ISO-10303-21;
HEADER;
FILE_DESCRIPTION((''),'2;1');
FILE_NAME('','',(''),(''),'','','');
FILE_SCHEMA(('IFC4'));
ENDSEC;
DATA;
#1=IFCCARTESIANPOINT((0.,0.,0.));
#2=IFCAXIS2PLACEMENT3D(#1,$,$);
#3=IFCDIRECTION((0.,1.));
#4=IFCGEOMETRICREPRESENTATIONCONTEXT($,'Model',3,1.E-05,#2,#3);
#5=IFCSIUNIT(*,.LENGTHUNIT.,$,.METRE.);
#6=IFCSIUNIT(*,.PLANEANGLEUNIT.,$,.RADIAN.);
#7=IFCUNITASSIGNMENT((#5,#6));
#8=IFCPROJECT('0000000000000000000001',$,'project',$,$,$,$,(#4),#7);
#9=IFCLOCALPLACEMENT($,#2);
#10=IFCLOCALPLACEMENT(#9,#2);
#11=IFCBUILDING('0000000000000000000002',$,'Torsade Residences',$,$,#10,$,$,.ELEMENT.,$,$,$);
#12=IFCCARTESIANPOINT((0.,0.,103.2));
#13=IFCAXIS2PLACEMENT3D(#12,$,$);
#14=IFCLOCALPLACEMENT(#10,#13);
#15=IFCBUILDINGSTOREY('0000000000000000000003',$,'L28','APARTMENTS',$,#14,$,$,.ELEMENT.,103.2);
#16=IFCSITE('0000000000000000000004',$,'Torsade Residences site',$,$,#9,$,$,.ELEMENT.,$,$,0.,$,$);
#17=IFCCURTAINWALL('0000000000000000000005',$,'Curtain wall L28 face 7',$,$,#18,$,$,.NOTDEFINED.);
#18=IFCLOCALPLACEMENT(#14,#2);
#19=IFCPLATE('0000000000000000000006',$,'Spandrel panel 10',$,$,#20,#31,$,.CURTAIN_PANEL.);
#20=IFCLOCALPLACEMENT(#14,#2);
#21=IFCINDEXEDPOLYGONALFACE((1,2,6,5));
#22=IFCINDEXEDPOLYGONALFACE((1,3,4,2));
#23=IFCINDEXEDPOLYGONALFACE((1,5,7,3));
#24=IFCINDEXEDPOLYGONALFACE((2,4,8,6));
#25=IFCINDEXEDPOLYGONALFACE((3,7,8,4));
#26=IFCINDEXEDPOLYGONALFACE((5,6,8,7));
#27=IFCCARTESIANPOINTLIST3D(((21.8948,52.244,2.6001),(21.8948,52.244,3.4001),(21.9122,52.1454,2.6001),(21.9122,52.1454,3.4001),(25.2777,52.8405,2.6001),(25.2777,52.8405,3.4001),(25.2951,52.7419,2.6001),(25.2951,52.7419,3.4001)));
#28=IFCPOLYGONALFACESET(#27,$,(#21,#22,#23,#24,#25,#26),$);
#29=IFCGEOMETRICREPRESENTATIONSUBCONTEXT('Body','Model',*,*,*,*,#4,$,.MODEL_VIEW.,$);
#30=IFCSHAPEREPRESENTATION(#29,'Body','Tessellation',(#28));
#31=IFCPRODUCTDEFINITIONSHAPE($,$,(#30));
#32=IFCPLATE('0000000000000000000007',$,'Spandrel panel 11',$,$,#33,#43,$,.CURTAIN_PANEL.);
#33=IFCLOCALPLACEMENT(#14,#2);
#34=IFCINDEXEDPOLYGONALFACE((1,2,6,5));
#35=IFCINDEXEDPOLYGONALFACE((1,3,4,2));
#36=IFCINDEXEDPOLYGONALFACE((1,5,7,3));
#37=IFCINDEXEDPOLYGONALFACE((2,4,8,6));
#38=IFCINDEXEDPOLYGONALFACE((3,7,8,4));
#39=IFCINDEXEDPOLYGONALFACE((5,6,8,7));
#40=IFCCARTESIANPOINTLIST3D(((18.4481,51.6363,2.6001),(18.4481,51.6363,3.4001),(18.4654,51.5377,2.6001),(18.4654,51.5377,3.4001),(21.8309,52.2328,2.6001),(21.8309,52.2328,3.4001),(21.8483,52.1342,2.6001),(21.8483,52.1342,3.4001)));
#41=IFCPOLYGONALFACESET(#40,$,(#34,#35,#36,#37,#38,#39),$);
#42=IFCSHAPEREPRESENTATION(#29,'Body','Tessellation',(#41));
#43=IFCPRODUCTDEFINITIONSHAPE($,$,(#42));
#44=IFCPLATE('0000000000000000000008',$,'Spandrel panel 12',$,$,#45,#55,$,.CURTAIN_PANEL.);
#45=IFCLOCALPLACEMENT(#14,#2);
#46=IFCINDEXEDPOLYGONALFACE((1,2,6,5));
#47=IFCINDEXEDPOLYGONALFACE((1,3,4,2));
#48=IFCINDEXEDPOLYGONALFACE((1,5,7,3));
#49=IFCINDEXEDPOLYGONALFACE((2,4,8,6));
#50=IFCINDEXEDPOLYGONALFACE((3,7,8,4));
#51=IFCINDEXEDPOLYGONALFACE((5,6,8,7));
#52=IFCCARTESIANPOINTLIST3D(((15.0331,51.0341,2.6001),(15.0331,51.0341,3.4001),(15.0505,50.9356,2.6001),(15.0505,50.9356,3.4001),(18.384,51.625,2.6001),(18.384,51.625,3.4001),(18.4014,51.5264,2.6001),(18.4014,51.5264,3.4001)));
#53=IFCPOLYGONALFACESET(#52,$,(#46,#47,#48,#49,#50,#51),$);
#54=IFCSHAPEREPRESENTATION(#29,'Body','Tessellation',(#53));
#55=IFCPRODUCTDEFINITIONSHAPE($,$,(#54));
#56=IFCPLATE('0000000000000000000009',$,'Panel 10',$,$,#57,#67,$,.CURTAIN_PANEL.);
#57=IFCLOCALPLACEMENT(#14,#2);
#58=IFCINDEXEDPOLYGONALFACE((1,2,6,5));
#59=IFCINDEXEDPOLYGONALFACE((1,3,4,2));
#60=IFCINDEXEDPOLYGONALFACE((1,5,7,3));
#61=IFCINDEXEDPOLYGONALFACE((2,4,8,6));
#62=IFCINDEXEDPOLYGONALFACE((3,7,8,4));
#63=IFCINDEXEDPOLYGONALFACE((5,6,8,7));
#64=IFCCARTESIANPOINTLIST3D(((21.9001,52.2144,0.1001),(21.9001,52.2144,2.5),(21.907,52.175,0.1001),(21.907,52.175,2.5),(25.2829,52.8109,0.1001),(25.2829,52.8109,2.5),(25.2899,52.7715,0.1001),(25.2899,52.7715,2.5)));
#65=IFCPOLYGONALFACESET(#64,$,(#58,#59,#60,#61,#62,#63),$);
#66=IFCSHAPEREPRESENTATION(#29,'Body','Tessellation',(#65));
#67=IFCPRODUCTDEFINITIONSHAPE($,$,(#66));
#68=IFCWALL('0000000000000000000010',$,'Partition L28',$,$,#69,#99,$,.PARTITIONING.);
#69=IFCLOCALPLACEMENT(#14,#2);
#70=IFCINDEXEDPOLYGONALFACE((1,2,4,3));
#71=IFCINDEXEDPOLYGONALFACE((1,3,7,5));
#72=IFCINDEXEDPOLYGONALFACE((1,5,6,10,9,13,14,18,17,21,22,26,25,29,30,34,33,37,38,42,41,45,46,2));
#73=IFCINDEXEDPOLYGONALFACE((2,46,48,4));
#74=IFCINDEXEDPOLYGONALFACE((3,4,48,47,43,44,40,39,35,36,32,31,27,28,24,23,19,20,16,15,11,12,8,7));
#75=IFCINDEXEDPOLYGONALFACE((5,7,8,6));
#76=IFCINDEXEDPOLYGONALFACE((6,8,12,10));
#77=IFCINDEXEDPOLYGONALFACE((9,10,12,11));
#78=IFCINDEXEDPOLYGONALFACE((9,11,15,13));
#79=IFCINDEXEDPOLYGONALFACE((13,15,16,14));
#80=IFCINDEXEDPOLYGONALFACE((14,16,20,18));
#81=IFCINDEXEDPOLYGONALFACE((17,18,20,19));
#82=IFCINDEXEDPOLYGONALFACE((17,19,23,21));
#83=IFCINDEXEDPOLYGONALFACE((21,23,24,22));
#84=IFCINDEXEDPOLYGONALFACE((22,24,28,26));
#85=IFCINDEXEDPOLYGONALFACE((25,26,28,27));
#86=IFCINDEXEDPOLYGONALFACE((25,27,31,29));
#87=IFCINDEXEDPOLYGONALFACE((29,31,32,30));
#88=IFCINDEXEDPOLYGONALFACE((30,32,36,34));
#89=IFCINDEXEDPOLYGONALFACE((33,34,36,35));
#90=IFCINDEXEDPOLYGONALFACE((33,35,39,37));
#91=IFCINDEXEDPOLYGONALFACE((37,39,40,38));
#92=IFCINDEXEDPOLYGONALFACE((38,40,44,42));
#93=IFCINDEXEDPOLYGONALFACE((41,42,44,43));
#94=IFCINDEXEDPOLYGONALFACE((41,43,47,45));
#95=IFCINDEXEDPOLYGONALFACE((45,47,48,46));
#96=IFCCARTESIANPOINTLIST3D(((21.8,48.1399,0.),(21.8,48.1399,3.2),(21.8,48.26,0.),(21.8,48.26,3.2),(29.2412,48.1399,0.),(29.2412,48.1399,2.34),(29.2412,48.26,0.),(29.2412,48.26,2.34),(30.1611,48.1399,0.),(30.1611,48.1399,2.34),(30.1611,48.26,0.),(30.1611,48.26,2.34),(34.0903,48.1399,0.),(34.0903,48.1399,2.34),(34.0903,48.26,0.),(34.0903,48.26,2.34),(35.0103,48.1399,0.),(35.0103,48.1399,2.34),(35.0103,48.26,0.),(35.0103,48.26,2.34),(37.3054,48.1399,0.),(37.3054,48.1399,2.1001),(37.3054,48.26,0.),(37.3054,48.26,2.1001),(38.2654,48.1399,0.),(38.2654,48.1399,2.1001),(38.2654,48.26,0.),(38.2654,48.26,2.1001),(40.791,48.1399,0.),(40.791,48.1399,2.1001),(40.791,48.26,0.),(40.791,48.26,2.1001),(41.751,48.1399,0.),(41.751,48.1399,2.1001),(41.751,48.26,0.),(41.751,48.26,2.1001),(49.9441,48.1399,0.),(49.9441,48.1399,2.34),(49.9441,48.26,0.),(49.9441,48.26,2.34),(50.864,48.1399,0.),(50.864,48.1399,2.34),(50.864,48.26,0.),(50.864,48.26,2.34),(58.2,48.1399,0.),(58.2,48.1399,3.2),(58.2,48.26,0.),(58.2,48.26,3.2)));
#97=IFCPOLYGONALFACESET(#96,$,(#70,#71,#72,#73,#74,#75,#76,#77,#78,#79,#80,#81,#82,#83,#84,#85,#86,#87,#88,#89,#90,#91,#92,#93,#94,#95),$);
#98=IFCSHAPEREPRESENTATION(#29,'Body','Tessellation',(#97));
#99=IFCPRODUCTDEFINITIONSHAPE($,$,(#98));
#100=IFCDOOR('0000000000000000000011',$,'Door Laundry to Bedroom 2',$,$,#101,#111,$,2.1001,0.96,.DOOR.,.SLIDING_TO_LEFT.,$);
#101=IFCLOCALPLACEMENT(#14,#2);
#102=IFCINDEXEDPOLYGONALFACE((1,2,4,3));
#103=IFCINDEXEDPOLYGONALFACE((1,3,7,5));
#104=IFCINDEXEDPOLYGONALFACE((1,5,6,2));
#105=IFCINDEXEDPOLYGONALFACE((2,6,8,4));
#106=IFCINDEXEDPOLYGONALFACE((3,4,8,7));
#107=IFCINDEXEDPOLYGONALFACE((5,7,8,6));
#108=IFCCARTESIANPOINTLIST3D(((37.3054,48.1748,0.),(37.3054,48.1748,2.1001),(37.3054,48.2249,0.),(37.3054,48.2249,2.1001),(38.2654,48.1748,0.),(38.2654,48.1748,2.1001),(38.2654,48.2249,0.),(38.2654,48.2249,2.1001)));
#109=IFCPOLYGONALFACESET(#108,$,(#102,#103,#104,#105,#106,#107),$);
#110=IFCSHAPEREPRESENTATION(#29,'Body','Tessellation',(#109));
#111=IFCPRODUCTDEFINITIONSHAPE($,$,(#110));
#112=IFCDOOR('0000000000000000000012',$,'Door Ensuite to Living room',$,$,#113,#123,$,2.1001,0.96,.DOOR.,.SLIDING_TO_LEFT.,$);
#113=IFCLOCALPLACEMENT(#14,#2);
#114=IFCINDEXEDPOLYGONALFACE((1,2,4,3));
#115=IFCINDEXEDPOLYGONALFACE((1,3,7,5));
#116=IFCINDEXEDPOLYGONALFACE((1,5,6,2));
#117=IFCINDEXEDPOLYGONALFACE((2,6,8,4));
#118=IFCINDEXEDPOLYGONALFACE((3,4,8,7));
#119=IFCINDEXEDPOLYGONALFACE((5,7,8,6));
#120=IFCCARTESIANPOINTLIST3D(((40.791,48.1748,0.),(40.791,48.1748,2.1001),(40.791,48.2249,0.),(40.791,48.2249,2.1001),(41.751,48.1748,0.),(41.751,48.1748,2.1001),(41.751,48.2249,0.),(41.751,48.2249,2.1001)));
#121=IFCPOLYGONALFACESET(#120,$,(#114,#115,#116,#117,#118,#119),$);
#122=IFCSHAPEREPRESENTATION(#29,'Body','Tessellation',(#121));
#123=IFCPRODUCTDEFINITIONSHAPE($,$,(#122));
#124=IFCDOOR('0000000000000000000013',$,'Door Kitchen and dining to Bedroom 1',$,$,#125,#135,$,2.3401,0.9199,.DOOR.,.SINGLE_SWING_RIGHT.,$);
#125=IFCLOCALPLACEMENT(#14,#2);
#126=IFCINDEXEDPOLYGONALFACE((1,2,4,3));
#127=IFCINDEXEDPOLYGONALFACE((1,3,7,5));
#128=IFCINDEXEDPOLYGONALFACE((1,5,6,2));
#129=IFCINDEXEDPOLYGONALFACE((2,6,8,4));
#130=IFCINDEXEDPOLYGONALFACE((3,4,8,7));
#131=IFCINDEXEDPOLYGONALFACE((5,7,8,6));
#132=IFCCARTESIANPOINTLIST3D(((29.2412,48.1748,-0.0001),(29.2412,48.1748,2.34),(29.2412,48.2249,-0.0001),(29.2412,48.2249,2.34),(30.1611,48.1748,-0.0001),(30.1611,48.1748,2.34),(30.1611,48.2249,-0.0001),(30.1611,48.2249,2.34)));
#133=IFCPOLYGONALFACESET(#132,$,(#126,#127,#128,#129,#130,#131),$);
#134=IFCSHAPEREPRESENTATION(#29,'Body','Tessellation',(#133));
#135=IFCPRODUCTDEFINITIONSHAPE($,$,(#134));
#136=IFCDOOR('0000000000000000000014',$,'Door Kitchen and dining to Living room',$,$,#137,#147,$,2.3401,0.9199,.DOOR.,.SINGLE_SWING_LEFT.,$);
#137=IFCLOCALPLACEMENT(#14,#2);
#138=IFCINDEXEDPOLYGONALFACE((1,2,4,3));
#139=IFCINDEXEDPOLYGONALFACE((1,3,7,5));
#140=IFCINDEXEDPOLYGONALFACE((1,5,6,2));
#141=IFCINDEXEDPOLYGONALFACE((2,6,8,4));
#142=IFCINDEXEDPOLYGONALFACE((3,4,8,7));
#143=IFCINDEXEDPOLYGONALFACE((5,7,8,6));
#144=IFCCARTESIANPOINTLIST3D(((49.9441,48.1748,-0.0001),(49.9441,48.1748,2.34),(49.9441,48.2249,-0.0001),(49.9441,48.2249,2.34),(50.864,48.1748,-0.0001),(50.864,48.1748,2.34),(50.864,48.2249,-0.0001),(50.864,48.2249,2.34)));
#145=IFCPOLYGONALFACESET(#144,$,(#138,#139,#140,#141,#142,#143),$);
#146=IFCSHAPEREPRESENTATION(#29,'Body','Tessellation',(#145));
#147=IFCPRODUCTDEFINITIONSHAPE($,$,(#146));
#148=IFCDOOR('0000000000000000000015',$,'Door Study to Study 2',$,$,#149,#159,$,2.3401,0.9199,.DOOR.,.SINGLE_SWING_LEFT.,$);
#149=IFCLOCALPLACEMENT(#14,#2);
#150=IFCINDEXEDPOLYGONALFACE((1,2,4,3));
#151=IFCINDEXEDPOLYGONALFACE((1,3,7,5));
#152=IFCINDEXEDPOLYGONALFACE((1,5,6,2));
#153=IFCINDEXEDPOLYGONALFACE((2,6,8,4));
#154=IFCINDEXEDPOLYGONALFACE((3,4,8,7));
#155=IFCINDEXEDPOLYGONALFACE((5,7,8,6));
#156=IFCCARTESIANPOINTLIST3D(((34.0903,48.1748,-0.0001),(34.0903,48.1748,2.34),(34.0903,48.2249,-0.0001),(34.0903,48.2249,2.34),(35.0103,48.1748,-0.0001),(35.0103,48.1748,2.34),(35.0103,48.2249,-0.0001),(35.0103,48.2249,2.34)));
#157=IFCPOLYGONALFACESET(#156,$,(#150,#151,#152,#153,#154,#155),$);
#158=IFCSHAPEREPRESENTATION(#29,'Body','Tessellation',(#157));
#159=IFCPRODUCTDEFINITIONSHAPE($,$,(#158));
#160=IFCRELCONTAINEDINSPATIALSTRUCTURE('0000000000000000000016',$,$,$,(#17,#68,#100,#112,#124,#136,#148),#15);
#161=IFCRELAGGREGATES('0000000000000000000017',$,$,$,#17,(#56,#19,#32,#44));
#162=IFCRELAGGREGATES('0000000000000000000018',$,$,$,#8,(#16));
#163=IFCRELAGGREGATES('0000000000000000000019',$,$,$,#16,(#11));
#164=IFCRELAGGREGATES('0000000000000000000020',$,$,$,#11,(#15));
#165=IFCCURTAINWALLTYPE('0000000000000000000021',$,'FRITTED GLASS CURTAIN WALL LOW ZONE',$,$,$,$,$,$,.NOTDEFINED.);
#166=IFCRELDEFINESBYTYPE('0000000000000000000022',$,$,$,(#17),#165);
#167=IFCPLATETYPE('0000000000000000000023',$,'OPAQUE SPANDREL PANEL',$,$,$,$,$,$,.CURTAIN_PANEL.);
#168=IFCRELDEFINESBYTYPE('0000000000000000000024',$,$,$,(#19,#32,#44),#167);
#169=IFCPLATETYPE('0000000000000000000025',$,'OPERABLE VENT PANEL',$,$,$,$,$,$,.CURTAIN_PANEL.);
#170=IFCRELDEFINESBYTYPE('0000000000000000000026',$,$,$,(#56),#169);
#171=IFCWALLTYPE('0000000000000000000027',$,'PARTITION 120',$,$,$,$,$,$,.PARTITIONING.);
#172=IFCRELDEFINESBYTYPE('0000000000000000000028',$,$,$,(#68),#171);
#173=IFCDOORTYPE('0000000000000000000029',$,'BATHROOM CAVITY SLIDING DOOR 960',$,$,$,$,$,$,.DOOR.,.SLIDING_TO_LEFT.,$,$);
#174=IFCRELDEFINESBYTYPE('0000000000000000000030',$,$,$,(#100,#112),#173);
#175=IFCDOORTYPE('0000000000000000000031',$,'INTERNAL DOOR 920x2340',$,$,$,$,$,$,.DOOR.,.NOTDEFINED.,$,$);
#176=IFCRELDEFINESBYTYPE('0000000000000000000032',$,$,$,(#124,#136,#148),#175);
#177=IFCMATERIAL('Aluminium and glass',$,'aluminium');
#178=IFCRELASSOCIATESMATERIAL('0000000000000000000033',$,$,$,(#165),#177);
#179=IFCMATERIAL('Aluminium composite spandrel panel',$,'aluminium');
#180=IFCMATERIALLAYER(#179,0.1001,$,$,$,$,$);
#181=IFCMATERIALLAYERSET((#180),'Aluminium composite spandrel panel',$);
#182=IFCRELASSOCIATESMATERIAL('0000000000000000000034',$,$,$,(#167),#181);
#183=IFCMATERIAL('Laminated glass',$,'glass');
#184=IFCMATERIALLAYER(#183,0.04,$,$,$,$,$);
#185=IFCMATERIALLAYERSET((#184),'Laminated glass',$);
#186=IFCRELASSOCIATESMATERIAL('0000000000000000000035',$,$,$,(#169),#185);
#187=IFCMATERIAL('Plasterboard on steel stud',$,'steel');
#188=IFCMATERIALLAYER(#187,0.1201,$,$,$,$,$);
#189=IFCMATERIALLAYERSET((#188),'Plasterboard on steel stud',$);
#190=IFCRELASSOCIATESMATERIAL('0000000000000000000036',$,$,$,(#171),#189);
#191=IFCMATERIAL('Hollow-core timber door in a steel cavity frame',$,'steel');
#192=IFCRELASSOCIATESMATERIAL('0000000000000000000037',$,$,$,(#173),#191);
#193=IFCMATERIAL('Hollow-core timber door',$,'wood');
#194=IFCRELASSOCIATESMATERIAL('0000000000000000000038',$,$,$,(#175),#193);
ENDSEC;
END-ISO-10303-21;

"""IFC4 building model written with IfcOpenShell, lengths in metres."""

from ifc_helpers import new_model, si_unit, direction, frame, frame_2d, origin, origin_2d, place, context, subcontext, project, spatial, rectangle, extrude, material, layer, layer_set, type_object, element, fill, aggregate, save


model = new_model("IFC4")

# Units and contexts
model_context = context("Model", 3, precision=1e-05, world=origin(), true_north=direction((0.0, 1.0)))
body_context = subcontext(model_context, "Body", "Model", "MODEL_VIEW")
ifc_project = project(units=[si_unit("LENGTHUNIT", "METRE"), si_unit("PLANEANGLEUNIT", "RADIAN")], contexts=[model_context])

# Site, building, storey
site_placement = place(None, origin())
site = spatial("IfcSite", under=ifc_project, at=site_placement, Name="Torsade Residences site", CompositionType="ELEMENT", RefElevation=0.0)
building_placement = place(site_placement, origin())
building = spatial("IfcBuilding", under=site, at=building_placement, Name="Torsade Residences", CompositionType="ELEMENT")
storey_placement = place(building_placement, frame((0.0, 0.0, 103.2)))
storey = spatial("IfcBuildingStorey", under=building, at=storey_placement, Name="L28", Description="APARTMENTS", CompositionType="ELEMENT", Elevation=103.2)

# Curtain wall
ifc_material_1 = material(Name="Aluminium and glass", Category="aluminium")
curtain_wall_type = type_object("IfcCurtainWallType", Name="FRITTED GLASS CURTAIN WALL LOW ZONE", PredefinedType="NOTDEFINED", material=ifc_material_1)
curtain_wall_placement = place(storey_placement, origin())
curtain_wall = element("IfcCurtainWall", 1, at=curtain_wall_placement, inside=storey, type_object=curtain_wall_type, Name="Curtain wall L28 face 7", PredefinedType="NOTDEFINED")

# Plates
ifc_material_2 = material(Name="Aluminium composite spandrel panel", Category="aluminium")
ifc_layer_1 = layer(ifc_material_2, 0.1001)
ifc_layer_set_1 = layer_set([ifc_layer_1], Name="Aluminium composite spandrel panel")
plate_type_1 = type_object("IfcPlateType", Name="OPAQUE SPANDREL PANEL", PredefinedType="CURTAIN_PANEL", material=ifc_layer_set_1)
plate_1_placement = place(storey_placement, frame((23.595, 52.4929, 2.6001), z_axis=(0.0, 0.0, 1.0), x_axis=(-0.984808, -0.173648, 0.0)))
plate_1 = element("IfcPlate", 2, at=plate_1_placement, type_object=plate_type_1, Name="Spandrel panel 10", PredefinedType="CURTAIN_PANEL", context=body_context, shape_type="SweptSolid", body=[
    extrude(rectangle(XDim=3.4351, YDim=0.1001, at=origin_2d()), origin(), (0.0, 0.0, 1.0), 0.8),
])
plate_2_placement = place(storey_placement, frame((20.1482, 51.8853, 2.6001), z_axis=(0.0, 0.0, 1.0), x_axis=(-0.984808, -0.173648, 0.0)))
plate_2 = element("IfcPlate", 3, at=plate_2_placement, type_object=plate_type_1, Name="Spandrel panel 11", PredefinedType="CURTAIN_PANEL", context=body_context, shape_type="SweptSolid", body=[
    extrude(rectangle(XDim=3.4351, YDim=0.1001, at=origin_2d()), origin(), (0.0, 0.0, 1.0), 0.8),
])
plate_3_placement = place(storey_placement, frame((16.7173, 51.2803, 2.6001), z_axis=(0.0, 0.0, 1.0), x_axis=(-0.984808, -0.173648, 0.0)))
plate_3 = element("IfcPlate", 4, at=plate_3_placement, type_object=plate_type_1, Name="Spandrel panel 12", PredefinedType="CURTAIN_PANEL", context=body_context, shape_type="SweptSolid", body=[
    extrude(rectangle(XDim=3.4026, YDim=0.1001, at=origin_2d()), origin(), (0.0, 0.0, 1.0), 0.8),
])
ifc_material_3 = material(Name="Laminated glass", Category="glass")
ifc_layer_2 = layer(ifc_material_3, 0.04)
ifc_layer_set_2 = layer_set([ifc_layer_2], Name="Laminated glass")
plate_type_2 = type_object("IfcPlateType", Name="OPERABLE VENT PANEL", PredefinedType="CURTAIN_PANEL", material=ifc_layer_set_2)
plate_4_placement = place(storey_placement, frame((23.595, 52.4929, 0.1001), z_axis=(0.0, 0.0, 1.0), x_axis=(-0.984808, -0.173648, 0.0)))
plate_4 = element("IfcPlate", 5, at=plate_4_placement, type_object=plate_type_2, Name="Panel 10", PredefinedType="CURTAIN_PANEL", context=body_context, shape_type="SweptSolid", body=[
    extrude(rectangle(XDim=3.4351, YDim=0.04, at=origin_2d()), origin(), (0.0, 0.0, 1.0), 2.3999),
])
aggregate(curtain_wall, [plate_4, plate_1, plate_2, plate_3])

# Wall, openings, doors
ifc_material_4 = material(Name="Plasterboard on steel stud", Category="steel")
ifc_layer_3 = layer(ifc_material_4, 0.1201)
ifc_layer_set_3 = layer_set([ifc_layer_3], Name="Plasterboard on steel stud")
wall_type_1 = type_object("IfcWallType", Name="PARTITION 120", PredefinedType="PARTITIONING", material=ifc_layer_set_3)
wall_1_placement = place(storey_placement, frame((21.8, 48.2, 0.0), z_axis=(0.0, 0.0, 1.0), x_axis=(1.0, 0.0, 0.0)))
wall_1 = element("IfcWall", 6, at=wall_1_placement, inside=storey, type_object=wall_type_1, Name="Partition L28", PredefinedType="PARTITIONING", context=body_context, shape_type="SweptSolid", body=[
    extrude(rectangle(XDim=36.3999, YDim=0.1201, at=frame_2d((18.2, 0.0))), origin(), (0.0, 0.0, 1.0), 3.2),
])
opening_1_placement = place(wall_1_placement, frame((7.4412, 0.0, 0.0)))
opening_1 = element("IfcOpeningElement", 7, at=opening_1_placement, cuts=wall_1, PredefinedType="OPENING", context=body_context, shape_type="SweptSolid", body=[
    extrude(rectangle(XDim=0.9199, YDim=2.3401, at=frame_2d((0.46, 1.1699))), frame((0.0, 0.0701, 0.0), z_axis=(0.0, -1.0, 0.0), x_axis=(1.0, 0.0, 0.0)), (0.0, 0.0, 1.0), 0.1401),
])
opening_2_placement = place(wall_1_placement, frame((28.144, 0.0, 0.0)))
opening_2 = element("IfcOpeningElement", 8, at=opening_2_placement, cuts=wall_1, PredefinedType="OPENING", context=body_context, shape_type="SweptSolid", body=[
    extrude(rectangle(XDim=0.9199, YDim=2.3401, at=frame_2d((0.46, 1.1699))), frame((0.0, 0.0701, 0.0), z_axis=(0.0, -1.0, 0.0), x_axis=(1.0, 0.0, 0.0)), (0.0, 0.0, 1.0), 0.1401),
])
opening_3_placement = place(wall_1_placement, frame((12.2903, 0.0, 0.0)))
opening_3 = element("IfcOpeningElement", 9, at=opening_3_placement, cuts=wall_1, PredefinedType="OPENING", context=body_context, shape_type="SweptSolid", body=[
    extrude(rectangle(XDim=0.9199, YDim=2.3401, at=frame_2d((0.46, 1.1699))), frame((0.0, 0.0701, 0.0), z_axis=(0.0, -1.0, 0.0), x_axis=(1.0, 0.0, 0.0)), (0.0, 0.0, 1.0), 0.1401),
])
opening_4_placement = place(wall_1_placement, frame((15.5054, 0.0, 0.0)))
opening_4 = element("IfcOpeningElement", 10, at=opening_4_placement, cuts=wall_1, PredefinedType="OPENING", context=body_context, shape_type="SweptSolid", body=[
    extrude(rectangle(XDim=0.96, YDim=2.1001, at=frame_2d((0.48, 1.05))), frame((0.0, 0.0701, 0.0), z_axis=(0.0, -1.0, 0.0), x_axis=(1.0, 0.0, 0.0)), (0.0, 0.0, 1.0), 0.1401),
])
opening_5_placement = place(wall_1_placement, frame((18.991, 0.0, 0.0)))
opening_5 = element("IfcOpeningElement", 11, at=opening_5_placement, cuts=wall_1, PredefinedType="OPENING", context=body_context, shape_type="SweptSolid", body=[
    extrude(rectangle(XDim=0.96, YDim=2.1001, at=frame_2d((0.48, 1.05))), frame((0.0, 0.0701, 0.0), z_axis=(0.0, -1.0, 0.0), x_axis=(1.0, 0.0, 0.0)), (0.0, 0.0, 1.0), 0.1401),
])
ifc_material_5 = material(Name="Hollow-core timber door in a steel cavity frame", Category="steel")
door_type_1 = type_object("IfcDoorType", Name="BATHROOM CAVITY SLIDING DOOR 960", OperationType="SLIDING_TO_LEFT", PredefinedType="DOOR", material=ifc_material_5)
door_1_placement = place(opening_4_placement, origin())
door_1 = element("IfcDoor", 12, at=door_1_placement, inside=storey, type_object=door_type_1, Name="Door Laundry to Bedroom 2", OperationType="SLIDING_TO_LEFT", OverallHeight=2.1001, OverallWidth=0.96, PredefinedType="DOOR", context=body_context, shape_type="SweptSolid", body=[
    extrude(rectangle(XDim=0.96, YDim=2.1001, at=frame_2d((0.48, 1.05))), frame((0.0, 0.0249, 0.0), z_axis=(0.0, -1.0, 0.0), x_axis=(1.0, 0.0, 0.0)), (0.0, 0.0, 1.0), 0.05),
])
fill(opening_4, door_1)
door_2_placement = place(opening_5_placement, origin())
door_2 = element("IfcDoor", 13, at=door_2_placement, inside=storey, type_object=door_type_1, Name="Door Ensuite to Living room", OperationType="SLIDING_TO_LEFT", OverallHeight=2.1001, OverallWidth=0.96, PredefinedType="DOOR", context=body_context, shape_type="SweptSolid", body=[
    extrude(rectangle(XDim=0.96, YDim=2.1001, at=frame_2d((0.48, 1.05))), frame((0.0, 0.0249, 0.0), z_axis=(0.0, -1.0, 0.0), x_axis=(1.0, 0.0, 0.0)), (0.0, 0.0, 1.0), 0.05),
])
fill(opening_5, door_2)
ifc_material_6 = material(Name="Hollow-core timber door", Category="wood")
door_type_2 = type_object("IfcDoorType", Name="INTERNAL DOOR 920x2340", OperationType="NOTDEFINED", PredefinedType="DOOR", material=ifc_material_6)
door_3_placement = place(opening_1_placement, origin())
door_3 = element("IfcDoor", 14, at=door_3_placement, inside=storey, type_object=door_type_2, Name="Door Kitchen and dining to Bedroom 1", OperationType="SINGLE_SWING_RIGHT", OverallHeight=2.3401, OverallWidth=0.9199, PredefinedType="DOOR", context=body_context, shape_type="SweptSolid", body=[
    extrude(rectangle(XDim=0.9199, YDim=2.3401, at=frame_2d((0.46, 1.1699))), frame((0.0, 0.0249, 0.0), z_axis=(0.0, -1.0, 0.0), x_axis=(1.0, 0.0, 0.0)), (0.0, 0.0, 1.0), 0.05),
])
fill(opening_1, door_3)
door_4_placement = place(opening_2_placement, origin())
door_4 = element("IfcDoor", 15, at=door_4_placement, inside=storey, type_object=door_type_2, Name="Door Kitchen and dining to Living room", OperationType="SINGLE_SWING_LEFT", OverallHeight=2.3401, OverallWidth=0.9199, PredefinedType="DOOR", context=body_context, shape_type="SweptSolid", body=[
    extrude(rectangle(XDim=0.9199, YDim=2.3401, at=frame_2d((0.46, 1.1699))), frame((0.0, 0.0249, 0.0), z_axis=(0.0, -1.0, 0.0), x_axis=(1.0, 0.0, 0.0)), (0.0, 0.0, 1.0), 0.05),
])
fill(opening_2, door_4)
door_5_placement = place(opening_3_placement, origin())
door_5 = element("IfcDoor", 16, at=door_5_placement, inside=storey, type_object=door_type_2, Name="Door Study to Study 2", OperationType="SINGLE_SWING_LEFT", OverallHeight=2.3401, OverallWidth=0.9199, PredefinedType="DOOR", context=body_context, shape_type="SweptSolid", body=[
    extrude(rectangle(XDim=0.9199, YDim=2.3401, at=frame_2d((0.46, 1.1699))), frame((0.0, 0.0249, 0.0), z_axis=(0.0, -1.0, 0.0), x_axis=(1.0, 0.0, 0.0)), (0.0, 0.0, 1.0), 0.05),
])
fill(opening_3, door_5)

save(model, "model.ifc")
